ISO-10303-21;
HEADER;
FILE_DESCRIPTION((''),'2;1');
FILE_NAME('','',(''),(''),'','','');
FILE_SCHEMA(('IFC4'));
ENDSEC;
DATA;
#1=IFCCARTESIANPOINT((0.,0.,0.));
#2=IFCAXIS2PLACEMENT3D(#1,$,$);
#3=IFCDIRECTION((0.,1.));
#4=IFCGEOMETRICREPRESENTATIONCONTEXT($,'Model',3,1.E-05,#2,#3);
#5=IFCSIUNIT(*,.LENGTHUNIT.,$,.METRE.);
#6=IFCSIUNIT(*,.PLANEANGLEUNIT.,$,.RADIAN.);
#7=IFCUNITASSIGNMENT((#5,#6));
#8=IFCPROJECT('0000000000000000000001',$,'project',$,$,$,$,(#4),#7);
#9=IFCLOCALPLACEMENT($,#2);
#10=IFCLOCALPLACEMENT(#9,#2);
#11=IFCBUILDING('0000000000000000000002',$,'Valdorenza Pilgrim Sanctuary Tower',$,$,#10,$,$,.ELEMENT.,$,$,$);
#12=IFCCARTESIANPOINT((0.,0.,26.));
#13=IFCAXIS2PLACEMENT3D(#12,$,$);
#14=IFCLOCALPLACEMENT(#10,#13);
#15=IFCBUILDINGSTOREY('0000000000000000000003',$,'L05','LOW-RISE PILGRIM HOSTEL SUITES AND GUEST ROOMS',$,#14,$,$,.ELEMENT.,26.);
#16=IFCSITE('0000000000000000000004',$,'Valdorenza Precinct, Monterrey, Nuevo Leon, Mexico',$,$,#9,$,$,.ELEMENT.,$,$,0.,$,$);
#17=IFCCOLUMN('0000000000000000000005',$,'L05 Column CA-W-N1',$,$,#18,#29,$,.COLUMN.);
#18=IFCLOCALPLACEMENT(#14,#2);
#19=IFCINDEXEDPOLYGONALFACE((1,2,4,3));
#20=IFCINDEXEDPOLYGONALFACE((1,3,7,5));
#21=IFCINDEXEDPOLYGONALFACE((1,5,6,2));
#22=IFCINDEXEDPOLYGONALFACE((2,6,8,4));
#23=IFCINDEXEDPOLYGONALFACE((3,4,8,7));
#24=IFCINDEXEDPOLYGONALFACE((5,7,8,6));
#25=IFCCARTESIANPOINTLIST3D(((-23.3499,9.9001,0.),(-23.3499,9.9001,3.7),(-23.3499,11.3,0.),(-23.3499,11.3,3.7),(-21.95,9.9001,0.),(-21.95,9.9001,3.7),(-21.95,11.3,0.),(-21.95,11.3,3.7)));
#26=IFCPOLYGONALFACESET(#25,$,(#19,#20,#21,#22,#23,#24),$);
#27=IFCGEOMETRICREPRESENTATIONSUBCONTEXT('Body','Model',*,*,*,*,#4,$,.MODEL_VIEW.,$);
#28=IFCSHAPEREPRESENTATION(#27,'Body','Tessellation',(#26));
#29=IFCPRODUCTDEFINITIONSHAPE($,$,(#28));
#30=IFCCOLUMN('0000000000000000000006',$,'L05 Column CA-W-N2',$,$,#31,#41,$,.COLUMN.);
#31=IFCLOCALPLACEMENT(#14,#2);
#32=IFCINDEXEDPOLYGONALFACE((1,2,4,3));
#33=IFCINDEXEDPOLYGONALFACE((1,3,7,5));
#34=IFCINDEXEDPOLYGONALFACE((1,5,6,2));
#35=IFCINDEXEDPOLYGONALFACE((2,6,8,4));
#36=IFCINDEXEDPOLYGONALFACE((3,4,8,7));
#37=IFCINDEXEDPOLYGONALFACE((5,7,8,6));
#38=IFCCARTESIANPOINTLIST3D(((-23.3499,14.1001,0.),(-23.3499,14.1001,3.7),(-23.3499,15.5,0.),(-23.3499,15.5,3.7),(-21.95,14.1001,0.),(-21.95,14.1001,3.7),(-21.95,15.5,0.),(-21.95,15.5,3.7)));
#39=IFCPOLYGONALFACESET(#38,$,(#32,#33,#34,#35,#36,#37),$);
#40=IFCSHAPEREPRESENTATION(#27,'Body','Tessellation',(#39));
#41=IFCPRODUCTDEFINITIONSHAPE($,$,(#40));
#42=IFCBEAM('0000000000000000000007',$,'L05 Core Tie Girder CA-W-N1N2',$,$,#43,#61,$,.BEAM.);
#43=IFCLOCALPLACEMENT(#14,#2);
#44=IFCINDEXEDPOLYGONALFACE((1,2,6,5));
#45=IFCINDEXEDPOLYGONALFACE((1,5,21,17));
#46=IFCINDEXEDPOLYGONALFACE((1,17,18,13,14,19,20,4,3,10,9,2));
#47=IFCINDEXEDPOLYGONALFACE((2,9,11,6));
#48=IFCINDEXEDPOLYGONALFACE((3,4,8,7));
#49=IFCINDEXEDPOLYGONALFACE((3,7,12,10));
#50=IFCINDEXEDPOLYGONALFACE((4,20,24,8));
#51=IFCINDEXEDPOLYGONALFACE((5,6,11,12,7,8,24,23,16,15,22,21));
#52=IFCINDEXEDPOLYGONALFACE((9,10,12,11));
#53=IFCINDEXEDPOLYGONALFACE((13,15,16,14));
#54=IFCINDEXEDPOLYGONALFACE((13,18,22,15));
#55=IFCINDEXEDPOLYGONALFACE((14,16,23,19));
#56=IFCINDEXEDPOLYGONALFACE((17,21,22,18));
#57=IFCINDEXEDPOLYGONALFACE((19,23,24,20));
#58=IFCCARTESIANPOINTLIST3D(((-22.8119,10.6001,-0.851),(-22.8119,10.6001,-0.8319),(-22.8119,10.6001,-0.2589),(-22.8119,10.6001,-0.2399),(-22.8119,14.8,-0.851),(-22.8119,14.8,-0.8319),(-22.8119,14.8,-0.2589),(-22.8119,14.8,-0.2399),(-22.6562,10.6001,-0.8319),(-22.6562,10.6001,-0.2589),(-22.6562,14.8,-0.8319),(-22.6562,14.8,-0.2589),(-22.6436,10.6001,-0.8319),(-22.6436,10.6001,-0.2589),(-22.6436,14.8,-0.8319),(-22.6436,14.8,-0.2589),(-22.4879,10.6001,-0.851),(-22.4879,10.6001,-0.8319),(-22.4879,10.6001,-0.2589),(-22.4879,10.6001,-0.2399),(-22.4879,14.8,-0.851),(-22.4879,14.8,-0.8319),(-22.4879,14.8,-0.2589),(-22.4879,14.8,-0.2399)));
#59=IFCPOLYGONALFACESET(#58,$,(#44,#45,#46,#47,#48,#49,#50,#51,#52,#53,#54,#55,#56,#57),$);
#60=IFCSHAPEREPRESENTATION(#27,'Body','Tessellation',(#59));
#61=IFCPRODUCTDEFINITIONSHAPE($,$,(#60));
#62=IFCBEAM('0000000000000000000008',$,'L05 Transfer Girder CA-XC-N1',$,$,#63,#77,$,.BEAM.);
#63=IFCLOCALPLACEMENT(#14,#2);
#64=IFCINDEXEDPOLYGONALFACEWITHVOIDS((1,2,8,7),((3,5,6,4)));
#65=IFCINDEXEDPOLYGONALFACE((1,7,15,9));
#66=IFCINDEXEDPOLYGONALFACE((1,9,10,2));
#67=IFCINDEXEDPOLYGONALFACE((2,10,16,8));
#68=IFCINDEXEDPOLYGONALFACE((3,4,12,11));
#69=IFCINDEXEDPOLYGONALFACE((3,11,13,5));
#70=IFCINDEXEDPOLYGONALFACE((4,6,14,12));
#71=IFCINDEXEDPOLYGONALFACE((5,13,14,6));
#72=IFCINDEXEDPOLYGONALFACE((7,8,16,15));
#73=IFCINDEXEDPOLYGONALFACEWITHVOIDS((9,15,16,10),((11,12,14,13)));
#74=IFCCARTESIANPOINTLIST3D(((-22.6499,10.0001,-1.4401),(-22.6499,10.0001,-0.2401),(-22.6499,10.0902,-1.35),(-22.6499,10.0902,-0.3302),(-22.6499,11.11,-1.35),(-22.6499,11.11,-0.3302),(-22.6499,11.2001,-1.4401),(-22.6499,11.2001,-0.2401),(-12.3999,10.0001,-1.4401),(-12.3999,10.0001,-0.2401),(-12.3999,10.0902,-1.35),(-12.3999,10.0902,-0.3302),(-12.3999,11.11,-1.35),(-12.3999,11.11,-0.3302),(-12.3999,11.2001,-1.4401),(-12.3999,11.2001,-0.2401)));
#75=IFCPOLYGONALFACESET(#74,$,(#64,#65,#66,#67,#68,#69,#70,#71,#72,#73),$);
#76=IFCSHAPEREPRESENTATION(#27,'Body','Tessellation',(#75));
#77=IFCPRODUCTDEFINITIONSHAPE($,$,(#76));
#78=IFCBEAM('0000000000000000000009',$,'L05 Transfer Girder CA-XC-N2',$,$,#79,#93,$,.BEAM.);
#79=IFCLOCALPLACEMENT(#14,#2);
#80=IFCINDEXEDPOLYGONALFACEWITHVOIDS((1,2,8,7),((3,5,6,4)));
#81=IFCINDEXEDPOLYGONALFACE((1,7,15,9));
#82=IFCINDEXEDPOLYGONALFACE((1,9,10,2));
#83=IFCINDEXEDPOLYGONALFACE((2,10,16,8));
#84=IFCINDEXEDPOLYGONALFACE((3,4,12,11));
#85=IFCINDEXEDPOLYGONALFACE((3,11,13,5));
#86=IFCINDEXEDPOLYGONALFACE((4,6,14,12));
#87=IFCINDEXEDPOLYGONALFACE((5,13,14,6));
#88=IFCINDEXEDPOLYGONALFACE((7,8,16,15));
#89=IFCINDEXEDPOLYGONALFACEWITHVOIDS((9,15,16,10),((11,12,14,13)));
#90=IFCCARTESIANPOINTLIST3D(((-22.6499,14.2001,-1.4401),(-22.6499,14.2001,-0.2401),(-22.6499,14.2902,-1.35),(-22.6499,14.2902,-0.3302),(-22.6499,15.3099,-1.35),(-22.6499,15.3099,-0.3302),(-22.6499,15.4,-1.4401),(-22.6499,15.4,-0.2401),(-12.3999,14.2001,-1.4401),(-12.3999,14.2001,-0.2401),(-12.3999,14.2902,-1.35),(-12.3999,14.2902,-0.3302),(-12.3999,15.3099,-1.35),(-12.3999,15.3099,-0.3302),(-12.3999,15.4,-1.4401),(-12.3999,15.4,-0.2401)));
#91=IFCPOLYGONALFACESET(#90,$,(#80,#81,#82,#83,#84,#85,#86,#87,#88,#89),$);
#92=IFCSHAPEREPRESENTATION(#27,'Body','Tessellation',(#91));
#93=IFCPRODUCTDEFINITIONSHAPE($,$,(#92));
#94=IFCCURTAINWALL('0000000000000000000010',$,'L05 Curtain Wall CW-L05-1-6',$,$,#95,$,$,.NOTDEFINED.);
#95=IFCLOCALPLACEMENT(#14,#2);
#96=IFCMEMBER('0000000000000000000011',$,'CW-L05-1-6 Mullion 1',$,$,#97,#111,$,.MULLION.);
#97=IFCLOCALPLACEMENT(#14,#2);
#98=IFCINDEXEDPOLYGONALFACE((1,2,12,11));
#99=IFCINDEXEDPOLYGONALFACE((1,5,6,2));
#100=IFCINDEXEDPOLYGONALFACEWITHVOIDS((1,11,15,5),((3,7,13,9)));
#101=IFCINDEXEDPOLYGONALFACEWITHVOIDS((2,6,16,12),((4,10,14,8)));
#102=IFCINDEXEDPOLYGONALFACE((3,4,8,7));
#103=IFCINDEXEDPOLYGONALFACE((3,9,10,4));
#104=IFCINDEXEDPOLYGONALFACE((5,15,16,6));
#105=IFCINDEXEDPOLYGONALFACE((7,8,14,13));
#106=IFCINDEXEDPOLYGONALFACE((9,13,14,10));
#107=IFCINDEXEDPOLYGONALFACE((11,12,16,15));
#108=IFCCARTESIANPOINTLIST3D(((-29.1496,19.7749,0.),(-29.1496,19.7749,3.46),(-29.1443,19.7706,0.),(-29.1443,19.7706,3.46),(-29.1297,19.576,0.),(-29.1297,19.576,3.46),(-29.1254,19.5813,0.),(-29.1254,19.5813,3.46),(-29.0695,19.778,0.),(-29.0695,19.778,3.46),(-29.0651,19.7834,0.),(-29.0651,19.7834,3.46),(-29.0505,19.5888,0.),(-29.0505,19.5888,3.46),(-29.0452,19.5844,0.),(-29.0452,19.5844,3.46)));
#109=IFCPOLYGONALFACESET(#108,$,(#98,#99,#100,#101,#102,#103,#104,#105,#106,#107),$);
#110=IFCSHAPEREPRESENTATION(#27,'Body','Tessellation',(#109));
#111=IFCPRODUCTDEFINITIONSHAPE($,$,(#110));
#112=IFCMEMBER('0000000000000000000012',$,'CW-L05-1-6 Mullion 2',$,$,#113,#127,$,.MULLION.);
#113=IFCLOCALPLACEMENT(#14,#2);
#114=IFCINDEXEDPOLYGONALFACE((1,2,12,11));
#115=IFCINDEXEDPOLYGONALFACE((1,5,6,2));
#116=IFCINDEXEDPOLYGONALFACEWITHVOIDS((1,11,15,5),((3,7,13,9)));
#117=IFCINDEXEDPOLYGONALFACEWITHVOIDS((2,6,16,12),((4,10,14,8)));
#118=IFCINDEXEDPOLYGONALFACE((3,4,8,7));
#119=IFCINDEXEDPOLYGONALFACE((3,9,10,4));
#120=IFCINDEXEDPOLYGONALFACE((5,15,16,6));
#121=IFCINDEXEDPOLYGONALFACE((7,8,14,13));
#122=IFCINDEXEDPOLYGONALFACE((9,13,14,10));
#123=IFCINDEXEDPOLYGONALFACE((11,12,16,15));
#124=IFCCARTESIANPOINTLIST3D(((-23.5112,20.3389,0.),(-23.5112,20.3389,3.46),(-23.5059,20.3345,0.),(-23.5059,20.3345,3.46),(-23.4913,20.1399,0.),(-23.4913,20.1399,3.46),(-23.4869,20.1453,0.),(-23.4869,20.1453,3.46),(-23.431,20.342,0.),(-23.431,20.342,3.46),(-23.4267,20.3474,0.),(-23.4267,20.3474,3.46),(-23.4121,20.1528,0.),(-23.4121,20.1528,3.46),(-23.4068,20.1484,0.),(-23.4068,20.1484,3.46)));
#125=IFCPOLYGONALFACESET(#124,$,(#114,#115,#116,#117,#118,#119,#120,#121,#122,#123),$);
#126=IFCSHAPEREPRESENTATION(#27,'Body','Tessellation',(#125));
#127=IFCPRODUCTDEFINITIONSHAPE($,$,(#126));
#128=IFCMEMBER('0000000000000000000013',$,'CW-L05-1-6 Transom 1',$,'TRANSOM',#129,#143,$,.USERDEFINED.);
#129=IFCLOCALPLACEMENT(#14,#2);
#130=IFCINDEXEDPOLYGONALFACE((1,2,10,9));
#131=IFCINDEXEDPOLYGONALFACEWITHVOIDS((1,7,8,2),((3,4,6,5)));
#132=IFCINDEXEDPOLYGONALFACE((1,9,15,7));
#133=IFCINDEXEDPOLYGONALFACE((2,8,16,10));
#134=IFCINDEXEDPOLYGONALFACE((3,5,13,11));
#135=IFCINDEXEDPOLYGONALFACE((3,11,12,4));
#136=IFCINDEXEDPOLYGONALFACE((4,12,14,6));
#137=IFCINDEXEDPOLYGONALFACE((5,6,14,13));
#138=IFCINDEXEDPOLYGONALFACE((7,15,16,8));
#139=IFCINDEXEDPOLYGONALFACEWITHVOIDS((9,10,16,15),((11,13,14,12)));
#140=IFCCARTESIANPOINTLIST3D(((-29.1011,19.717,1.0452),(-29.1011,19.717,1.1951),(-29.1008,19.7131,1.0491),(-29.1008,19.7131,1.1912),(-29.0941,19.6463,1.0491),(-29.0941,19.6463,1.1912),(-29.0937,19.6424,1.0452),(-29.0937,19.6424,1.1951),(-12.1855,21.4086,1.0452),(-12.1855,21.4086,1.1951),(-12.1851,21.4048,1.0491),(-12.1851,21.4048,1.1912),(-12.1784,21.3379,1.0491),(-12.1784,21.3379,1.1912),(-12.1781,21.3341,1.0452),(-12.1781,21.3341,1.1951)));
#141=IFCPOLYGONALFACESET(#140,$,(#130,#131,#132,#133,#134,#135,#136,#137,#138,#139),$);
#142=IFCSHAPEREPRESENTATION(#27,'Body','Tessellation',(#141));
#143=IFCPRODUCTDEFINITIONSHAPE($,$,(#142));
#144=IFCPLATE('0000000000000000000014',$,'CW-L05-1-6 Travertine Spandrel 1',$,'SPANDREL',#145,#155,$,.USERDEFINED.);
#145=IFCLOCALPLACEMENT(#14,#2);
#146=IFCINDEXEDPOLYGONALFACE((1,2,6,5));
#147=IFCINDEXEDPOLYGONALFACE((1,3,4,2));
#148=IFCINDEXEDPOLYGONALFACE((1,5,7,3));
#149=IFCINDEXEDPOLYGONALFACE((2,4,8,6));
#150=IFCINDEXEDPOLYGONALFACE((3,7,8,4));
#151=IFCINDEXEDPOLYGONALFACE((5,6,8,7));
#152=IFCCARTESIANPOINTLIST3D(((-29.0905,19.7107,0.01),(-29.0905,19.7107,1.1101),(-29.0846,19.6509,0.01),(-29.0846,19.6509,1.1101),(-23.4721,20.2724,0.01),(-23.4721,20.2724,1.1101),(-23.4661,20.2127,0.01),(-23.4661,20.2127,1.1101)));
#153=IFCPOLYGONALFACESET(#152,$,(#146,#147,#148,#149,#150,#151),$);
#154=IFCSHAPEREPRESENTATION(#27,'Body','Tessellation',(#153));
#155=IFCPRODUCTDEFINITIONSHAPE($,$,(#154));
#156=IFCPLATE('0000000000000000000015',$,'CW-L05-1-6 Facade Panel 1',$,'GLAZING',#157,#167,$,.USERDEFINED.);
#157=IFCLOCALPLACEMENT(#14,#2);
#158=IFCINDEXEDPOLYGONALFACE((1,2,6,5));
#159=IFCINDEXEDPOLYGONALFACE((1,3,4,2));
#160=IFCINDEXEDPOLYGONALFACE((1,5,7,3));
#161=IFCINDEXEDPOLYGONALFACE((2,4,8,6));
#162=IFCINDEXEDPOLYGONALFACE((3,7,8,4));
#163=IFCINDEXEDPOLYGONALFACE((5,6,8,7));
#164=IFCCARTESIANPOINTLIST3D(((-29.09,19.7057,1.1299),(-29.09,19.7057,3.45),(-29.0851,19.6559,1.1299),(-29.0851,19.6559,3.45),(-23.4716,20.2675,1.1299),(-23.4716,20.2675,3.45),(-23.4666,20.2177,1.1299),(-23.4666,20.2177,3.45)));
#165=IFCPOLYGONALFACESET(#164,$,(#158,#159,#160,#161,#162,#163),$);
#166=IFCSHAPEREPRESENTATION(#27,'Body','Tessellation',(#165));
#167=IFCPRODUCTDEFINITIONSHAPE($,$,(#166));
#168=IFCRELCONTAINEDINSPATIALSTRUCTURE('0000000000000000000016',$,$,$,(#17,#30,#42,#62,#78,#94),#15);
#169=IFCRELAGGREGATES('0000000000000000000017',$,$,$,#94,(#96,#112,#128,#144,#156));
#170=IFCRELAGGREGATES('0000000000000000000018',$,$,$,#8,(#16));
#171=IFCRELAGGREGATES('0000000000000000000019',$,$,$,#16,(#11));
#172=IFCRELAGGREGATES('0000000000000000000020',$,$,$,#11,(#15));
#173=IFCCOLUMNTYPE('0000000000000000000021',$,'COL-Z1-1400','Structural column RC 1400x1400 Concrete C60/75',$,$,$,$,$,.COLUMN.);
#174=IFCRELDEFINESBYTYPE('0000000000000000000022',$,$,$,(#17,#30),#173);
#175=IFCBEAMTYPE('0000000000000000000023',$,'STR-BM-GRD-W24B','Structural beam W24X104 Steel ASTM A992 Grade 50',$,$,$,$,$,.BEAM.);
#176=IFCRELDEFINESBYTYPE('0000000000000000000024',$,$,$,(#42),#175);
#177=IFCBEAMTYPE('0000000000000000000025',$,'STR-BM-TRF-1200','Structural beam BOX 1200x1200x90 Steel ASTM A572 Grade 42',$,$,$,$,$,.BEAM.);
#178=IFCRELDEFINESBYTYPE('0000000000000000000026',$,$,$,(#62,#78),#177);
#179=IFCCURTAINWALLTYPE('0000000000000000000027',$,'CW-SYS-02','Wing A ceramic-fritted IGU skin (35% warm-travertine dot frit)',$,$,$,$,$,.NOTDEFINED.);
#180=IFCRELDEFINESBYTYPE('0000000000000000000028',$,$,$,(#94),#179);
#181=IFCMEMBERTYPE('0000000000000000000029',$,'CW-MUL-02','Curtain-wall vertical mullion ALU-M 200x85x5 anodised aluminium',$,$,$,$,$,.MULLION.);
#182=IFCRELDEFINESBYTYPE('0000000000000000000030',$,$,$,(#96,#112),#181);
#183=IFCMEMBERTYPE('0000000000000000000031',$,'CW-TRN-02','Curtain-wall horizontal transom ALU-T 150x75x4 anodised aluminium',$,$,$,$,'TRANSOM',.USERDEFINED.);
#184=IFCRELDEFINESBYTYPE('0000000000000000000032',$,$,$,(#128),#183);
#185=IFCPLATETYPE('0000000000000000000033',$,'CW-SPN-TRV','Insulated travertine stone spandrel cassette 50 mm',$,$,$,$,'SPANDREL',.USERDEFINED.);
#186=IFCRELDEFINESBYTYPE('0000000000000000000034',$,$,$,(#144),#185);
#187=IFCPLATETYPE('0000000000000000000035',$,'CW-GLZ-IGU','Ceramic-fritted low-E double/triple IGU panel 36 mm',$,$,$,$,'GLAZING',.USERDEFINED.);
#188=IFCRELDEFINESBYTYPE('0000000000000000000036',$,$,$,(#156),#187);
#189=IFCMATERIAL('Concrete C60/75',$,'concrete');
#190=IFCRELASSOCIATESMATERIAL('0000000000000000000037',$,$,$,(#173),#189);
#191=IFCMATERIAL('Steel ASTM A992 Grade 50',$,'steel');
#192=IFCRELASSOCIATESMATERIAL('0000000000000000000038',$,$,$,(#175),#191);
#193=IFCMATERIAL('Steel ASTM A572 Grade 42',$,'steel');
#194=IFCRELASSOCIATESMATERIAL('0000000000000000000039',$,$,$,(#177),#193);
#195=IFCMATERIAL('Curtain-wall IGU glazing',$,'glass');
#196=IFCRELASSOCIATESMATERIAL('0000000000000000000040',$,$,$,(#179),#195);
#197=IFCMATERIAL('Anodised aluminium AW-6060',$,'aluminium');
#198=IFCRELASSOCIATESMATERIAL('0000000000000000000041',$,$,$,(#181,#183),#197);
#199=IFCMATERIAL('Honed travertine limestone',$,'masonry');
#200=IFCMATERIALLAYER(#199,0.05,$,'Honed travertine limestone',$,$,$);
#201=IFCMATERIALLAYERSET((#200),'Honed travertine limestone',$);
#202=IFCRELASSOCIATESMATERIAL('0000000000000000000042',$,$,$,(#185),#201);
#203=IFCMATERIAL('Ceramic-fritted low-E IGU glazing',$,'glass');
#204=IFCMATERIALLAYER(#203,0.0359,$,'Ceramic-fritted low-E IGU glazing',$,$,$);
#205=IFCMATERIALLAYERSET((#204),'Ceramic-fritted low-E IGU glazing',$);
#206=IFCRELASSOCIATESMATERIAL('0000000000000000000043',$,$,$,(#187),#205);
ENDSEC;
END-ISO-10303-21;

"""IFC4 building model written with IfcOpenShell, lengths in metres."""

from ifc_helpers import new_model, si_unit, direction, frame, origin, origin_2d, place, context, subcontext, project, spatial, rectangle, hollow_rectangle, i_section, extrude, source, transform, mapped, material, layer, layer_set, material_profile, profile_set, type_object, element, aggregate, save


model = new_model("IFC4")

# Units and contexts
model_context = context("Model", 3, precision=1e-05, world=origin(), true_north=direction((0.0, 1.0)))
body_context = subcontext(model_context, "Body", "Model", "MODEL_VIEW")
ifc_project = project(units=[si_unit("LENGTHUNIT", "METRE"), si_unit("PLANEANGLEUNIT", "RADIAN")], contexts=[model_context])

# Site, building, storey
site_placement = place(None, origin())
site = spatial("IfcSite", under=ifc_project, at=site_placement, Name="Valdorenza Precinct, Monterrey, Nuevo Leon, Mexico", CompositionType="ELEMENT", RefElevation=0.0)
building_placement = place(site_placement, origin())
building = spatial("IfcBuilding", under=site, at=building_placement, Name="Valdorenza Pilgrim Sanctuary Tower", CompositionType="ELEMENT")
storey_placement = place(building_placement, frame((0.0, 0.0, 26.0)))
storey = spatial("IfcBuildingStorey", under=building, at=storey_placement, Name="L05", Description="LOW-RISE PILGRIM HOSTEL SUITES AND GUEST ROOMS", CompositionType="ELEMENT", Elevation=26.0)

# Columns
ifc_material_1 = material(Name="Concrete C60/75", Category="concrete")
ifc_material_profile_1 = material_profile(ifc_material_1, rectangle(XDim=1.3999, YDim=1.3999, at=origin_2d()), Name="RC 1400x1400")
ifc_profile_set_1 = profile_set([ifc_material_profile_1], Name="Concrete C60/75")
column_type = type_object("IfcColumnType", Name="COL-Z1-1400", Description="Structural column RC 1400x1400 Concrete C60/75", PredefinedType="COLUMN", material=ifc_profile_set_1)
shared_shape_1 = source(origin(), body_context, "Body", "SweptSolid", [
    extrude(rectangle(XDim=1.3999, YDim=1.3999, at=origin_2d()), origin(), (0.0, 0.0, 1.0), 3.7),
])
for number, where, z_axis, x_axis, name in (
    (1, (-22.6499, 10.6001, 0.0), (0.0, 0.0, 1.0), (1.0, 0.0, 0.0), "L05 Column CA-W-N1"),
    (2, (-22.6499, 14.8, 0.0), (0.0, 0.0, 1.0), (1.0, 0.0, 0.0), "L05 Column CA-W-N2"),
):
    element("IfcColumn", number, at=place(storey_placement, frame(where, z_axis=z_axis, x_axis=x_axis)), inside=storey, type_object=column_type, Name=name, PredefinedType="COLUMN", context=body_context, shape_type="MappedRepresentation", body=[
        mapped(shared_shape_1, transform((0.0, 0.0, 0.0), x_axis=(1.0, 0.0, 0.0), y_axis=(0.0, 1.0, 0.0), z_axis=(0.0, 0.0, 1.0), scale=1.0)),
    ])

# Beams
ifc_material_2 = material(Name="Steel ASTM A992 Grade 50", Category="steel")
ifc_material_profile_2 = material_profile(ifc_material_2, i_section(OverallWidth=0.324, OverallDepth=0.6111, WebThickness=0.0127, FlangeThickness=0.019, at=origin_2d()), Name="W24X104")
ifc_profile_set_2 = profile_set([ifc_material_profile_2], Name="Steel ASTM A992 Grade 50")
beam_type_1 = type_object("IfcBeamType", Name="STR-BM-GRD-W24B", Description="Structural beam W24X104 Steel ASTM A992 Grade 50", PredefinedType="BEAM", material=ifc_profile_set_2)
shared_shape_2 = source(origin(), body_context, "Body", "SweptSolid", [
    extrude(i_section(OverallWidth=0.324, OverallDepth=0.6111, WebThickness=0.0127, FlangeThickness=0.019, at=origin_2d()), origin(), (0.0, 0.0, 1.0), 4.2),
])
beam_placement = place(storey_placement, frame((-22.6499, 10.6001, -0.5454), z_axis=(0.0, 1.0, 0.0), x_axis=(-1.0, 0.0, 0.0)))
element("IfcBeam", 3, at=beam_placement, inside=storey, type_object=beam_type_1, Name="L05 Core Tie Girder CA-W-N1N2", PredefinedType="BEAM", context=body_context, shape_type="MappedRepresentation", body=[
    mapped(shared_shape_2, transform((0.0, 0.0, 0.0), x_axis=(1.0, 0.0, 0.0), y_axis=(0.0, 1.0, 0.0), z_axis=(0.0, 0.0, 1.0), scale=1.0)),
])
ifc_material_3 = material(Name="Steel ASTM A572 Grade 42", Category="steel")
ifc_material_profile_3 = material_profile(ifc_material_3, hollow_rectangle(XDim=1.2, YDim=1.2, WallThickness=0.0901, at=origin_2d()), Name="BOX 1200x1200x90")
ifc_profile_set_3 = profile_set([ifc_material_profile_3], Name="Steel ASTM A572 Grade 42")
beam_type_2 = type_object("IfcBeamType", Name="STR-BM-TRF-1200", Description="Structural beam BOX 1200x1200x90 Steel ASTM A572 Grade 42", PredefinedType="BEAM", material=ifc_profile_set_3)
shared_shape_3 = source(origin(), body_context, "Body", "SweptSolid", [
    extrude(hollow_rectangle(XDim=1.2, YDim=1.2, WallThickness=0.0901, at=origin_2d()), origin(), (0.0, 0.0, 1.0), 10.25),
])
for number, where, z_axis, x_axis, name in (
    (4, (-22.6499, 10.6001, -0.8401), (1.0, 0.0, 0.0), (0.0, 1.0, 0.0), "L05 Transfer Girder CA-XC-N1"),
    (5, (-22.6499, 14.8, -0.8401), (1.0, 0.0, 0.0), (0.0, 1.0, 0.0), "L05 Transfer Girder CA-XC-N2"),
):
    element("IfcBeam", number, at=place(storey_placement, frame(where, z_axis=z_axis, x_axis=x_axis)), inside=storey, type_object=beam_type_2, Name=name, PredefinedType="BEAM", context=body_context, shape_type="MappedRepresentation", body=[
        mapped(shared_shape_3, transform((0.0, 0.0, 0.0), x_axis=(1.0, 0.0, 0.0), y_axis=(0.0, 1.0, 0.0), z_axis=(0.0, 0.0, 1.0), scale=1.0)),
    ])

# Curtain wall, members, plates
ifc_material_4 = material(Name="Curtain-wall IGU glazing", Category="glass")
curtain_wall_type = type_object("IfcCurtainWallType", Name="CW-SYS-02", Description="Wing A ceramic-fritted IGU skin (35% warm-travertine dot frit)", PredefinedType="NOTDEFINED", material=ifc_material_4)
curtain_wall_placement = place(storey_placement, origin())
curtain_wall = element("IfcCurtainWall", 6, at=curtain_wall_placement, inside=storey, type_object=curtain_wall_type, Name="L05 Curtain Wall CW-L05-1-6", PredefinedType="NOTDEFINED")
ifc_material_5 = material(Name="Anodised aluminium AW-6060", Category="aluminium")
ifc_material_profile_4 = material_profile(ifc_material_5, hollow_rectangle(XDim=0.085, YDim=0.2, WallThickness=0.0049, at=origin_2d()), Name="ALU-M 200x85x5")
ifc_profile_set_4 = profile_set([ifc_material_profile_4], Name="Anodised aluminium AW-6060")
member_type_1 = type_object("IfcMemberType", Name="CW-MUL-02", Description="Curtain-wall vertical mullion ALU-M 200x85x5 anodised aluminium", PredefinedType="MULLION", material=ifc_profile_set_4)
shared_shape_4 = source(origin(), body_context, "Body", "SweptSolid", [
    extrude(hollow_rectangle(XDim=0.085, YDim=0.2, WallThickness=0.0049, at=origin_2d()), origin(), (0.0, 0.0, 1.0), 3.46),
])
member_1_placement = place(storey_placement, frame((-29.0974, 19.6797, 0.0), z_axis=(0.0, 0.0, 1.0), x_axis=(0.995038, 0.099493, 0.0)))
member_1 = element("IfcMember", 7, at=member_1_placement, type_object=member_type_1, Name="CW-L05-1-6 Mullion 1", PredefinedType="MULLION", context=body_context, shape_type="MappedRepresentation", body=[
    mapped(shared_shape_4, transform((0.0, 0.0, 0.0), x_axis=(1.0, 0.0, 0.0), y_axis=(0.0, 1.0, 0.0), z_axis=(0.0, 0.0, 1.0), scale=1.0)),
])
member_2_placement = place(storey_placement, frame((-23.459, 20.2437, 0.0), z_axis=(0.0, 0.0, 1.0), x_axis=(0.995038, 0.099493, 0.0)))
member_2 = element("IfcMember", 8, at=member_2_placement, type_object=member_type_1, Name="CW-L05-1-6 Mullion 2", PredefinedType="MULLION", context=body_context, shape_type="MappedRepresentation", body=[
    mapped(shared_shape_4, transform((0.0, 0.0, 0.0), x_axis=(1.0, 0.0, 0.0), y_axis=(0.0, 1.0, 0.0), z_axis=(0.0, 0.0, 1.0), scale=1.0)),
])
ifc_material_profile_5 = material_profile(ifc_material_5, hollow_rectangle(XDim=0.075, YDim=0.1499, WallThickness=0.0039, at=origin_2d()), Name="ALU-T 150x75x4")
ifc_profile_set_5 = profile_set([ifc_material_profile_5], Name="Anodised aluminium AW-6060")
member_type_2 = type_object("IfcMemberType", Name="CW-TRN-02", Description="Curtain-wall horizontal transom ALU-T 150x75x4 anodised aluminium", ElementType="TRANSOM", PredefinedType="USERDEFINED", material=ifc_profile_set_5)
shared_shape_5 = source(origin(), body_context, "Body", "SweptSolid", [
    extrude(hollow_rectangle(XDim=0.075, YDim=0.1499, WallThickness=0.0039, at=origin_2d()), origin(), (0.0, 0.0, 1.0), 17.0),
])
member_3_placement = place(storey_placement, frame((-29.0974, 19.6797, 1.1201), z_axis=(0.995037, 0.099509, 0.0), x_axis=(-0.099509, 0.995037, 0.0)))
member_3 = element("IfcMember", 9, at=member_3_placement, type_object=member_type_2, Name="CW-L05-1-6 Transom 1", ObjectType="TRANSOM", PredefinedType="USERDEFINED", context=body_context, shape_type="MappedRepresentation", body=[
    mapped(shared_shape_5, transform((0.0, 0.0, 0.0), x_axis=(1.0, 0.0, 0.0), y_axis=(0.0, 1.0, 0.0), z_axis=(0.0, 0.0, 1.0), scale=1.0)),
])
ifc_material_6 = material(Name="Honed travertine limestone", Category="masonry")
ifc_layer_1 = layer(ifc_material_6, 0.05, Name="Honed travertine limestone")
ifc_layer_set_1 = layer_set([ifc_layer_1], Name="Honed travertine limestone")
plate_type_1 = type_object("IfcPlateType", Name="CW-SPN-TRV", Description="Insulated travertine stone spandrel cassette 50 mm", ElementType="SPANDREL", PredefinedType="USERDEFINED", material=ifc_layer_set_1)
shared_shape_6 = source(origin(), body_context, "Body", "SweptSolid", [
    extrude(rectangle(XDim=5.6465, YDim=0.0601, at=origin_2d()), origin(), (0.0, 0.0, 1.0), 1.1001),
])
plate_1_placement = place(storey_placement, frame((-26.2783, 19.9617, 0.01), z_axis=(0.0, 0.0, 1.0), x_axis=(0.995038, 0.099493, 0.0)))
plate_1 = element("IfcPlate", 10, at=plate_1_placement, type_object=plate_type_1, Name="CW-L05-1-6 Travertine Spandrel 1", ObjectType="SPANDREL", PredefinedType="USERDEFINED", context=body_context, shape_type="MappedRepresentation", body=[
    mapped(shared_shape_6, transform((0.0, 0.0, 0.0), x_axis=(1.0, 0.0, 0.0), y_axis=(0.0, 1.0, 0.0), z_axis=(0.0, 0.0, 1.0), scale=1.0)),
])
ifc_material_7 = material(Name="Ceramic-fritted low-E IGU glazing", Category="glass")
ifc_layer_2 = layer(ifc_material_7, 0.0359, Name="Ceramic-fritted low-E IGU glazing")
ifc_layer_set_2 = layer_set([ifc_layer_2], Name="Ceramic-fritted low-E IGU glazing")
plate_type_2 = type_object("IfcPlateType", Name="CW-GLZ-IGU", Description="Ceramic-fritted low-E double/triple IGU panel 36 mm", ElementType="GLAZING", PredefinedType="USERDEFINED", material=ifc_layer_set_2)
shared_shape_7 = source(origin(), body_context, "Body", "SweptSolid", [
    extrude(rectangle(XDim=5.6465, YDim=0.05, at=origin_2d()), origin(), (0.0, 0.0, 1.0), 2.3201),
])
plate_2_placement = place(storey_placement, frame((-26.2783, 19.9617, 1.1299), z_axis=(0.0, 0.0, 1.0), x_axis=(0.995038, 0.099493, 0.0)))
plate_2 = element("IfcPlate", 11, at=plate_2_placement, type_object=plate_type_2, Name="CW-L05-1-6 Facade Panel 1", ObjectType="GLAZING", PredefinedType="USERDEFINED", context=body_context, shape_type="MappedRepresentation", body=[
    mapped(shared_shape_7, transform((0.0, 0.0, 0.0), x_axis=(1.0, 0.0, 0.0), y_axis=(0.0, 1.0, 0.0), z_axis=(0.0, 0.0, 1.0), scale=1.0)),
])
aggregate(curtain_wall, [member_1, member_2, member_3, plate_1, plate_2])

save(model, "model.ifc")
